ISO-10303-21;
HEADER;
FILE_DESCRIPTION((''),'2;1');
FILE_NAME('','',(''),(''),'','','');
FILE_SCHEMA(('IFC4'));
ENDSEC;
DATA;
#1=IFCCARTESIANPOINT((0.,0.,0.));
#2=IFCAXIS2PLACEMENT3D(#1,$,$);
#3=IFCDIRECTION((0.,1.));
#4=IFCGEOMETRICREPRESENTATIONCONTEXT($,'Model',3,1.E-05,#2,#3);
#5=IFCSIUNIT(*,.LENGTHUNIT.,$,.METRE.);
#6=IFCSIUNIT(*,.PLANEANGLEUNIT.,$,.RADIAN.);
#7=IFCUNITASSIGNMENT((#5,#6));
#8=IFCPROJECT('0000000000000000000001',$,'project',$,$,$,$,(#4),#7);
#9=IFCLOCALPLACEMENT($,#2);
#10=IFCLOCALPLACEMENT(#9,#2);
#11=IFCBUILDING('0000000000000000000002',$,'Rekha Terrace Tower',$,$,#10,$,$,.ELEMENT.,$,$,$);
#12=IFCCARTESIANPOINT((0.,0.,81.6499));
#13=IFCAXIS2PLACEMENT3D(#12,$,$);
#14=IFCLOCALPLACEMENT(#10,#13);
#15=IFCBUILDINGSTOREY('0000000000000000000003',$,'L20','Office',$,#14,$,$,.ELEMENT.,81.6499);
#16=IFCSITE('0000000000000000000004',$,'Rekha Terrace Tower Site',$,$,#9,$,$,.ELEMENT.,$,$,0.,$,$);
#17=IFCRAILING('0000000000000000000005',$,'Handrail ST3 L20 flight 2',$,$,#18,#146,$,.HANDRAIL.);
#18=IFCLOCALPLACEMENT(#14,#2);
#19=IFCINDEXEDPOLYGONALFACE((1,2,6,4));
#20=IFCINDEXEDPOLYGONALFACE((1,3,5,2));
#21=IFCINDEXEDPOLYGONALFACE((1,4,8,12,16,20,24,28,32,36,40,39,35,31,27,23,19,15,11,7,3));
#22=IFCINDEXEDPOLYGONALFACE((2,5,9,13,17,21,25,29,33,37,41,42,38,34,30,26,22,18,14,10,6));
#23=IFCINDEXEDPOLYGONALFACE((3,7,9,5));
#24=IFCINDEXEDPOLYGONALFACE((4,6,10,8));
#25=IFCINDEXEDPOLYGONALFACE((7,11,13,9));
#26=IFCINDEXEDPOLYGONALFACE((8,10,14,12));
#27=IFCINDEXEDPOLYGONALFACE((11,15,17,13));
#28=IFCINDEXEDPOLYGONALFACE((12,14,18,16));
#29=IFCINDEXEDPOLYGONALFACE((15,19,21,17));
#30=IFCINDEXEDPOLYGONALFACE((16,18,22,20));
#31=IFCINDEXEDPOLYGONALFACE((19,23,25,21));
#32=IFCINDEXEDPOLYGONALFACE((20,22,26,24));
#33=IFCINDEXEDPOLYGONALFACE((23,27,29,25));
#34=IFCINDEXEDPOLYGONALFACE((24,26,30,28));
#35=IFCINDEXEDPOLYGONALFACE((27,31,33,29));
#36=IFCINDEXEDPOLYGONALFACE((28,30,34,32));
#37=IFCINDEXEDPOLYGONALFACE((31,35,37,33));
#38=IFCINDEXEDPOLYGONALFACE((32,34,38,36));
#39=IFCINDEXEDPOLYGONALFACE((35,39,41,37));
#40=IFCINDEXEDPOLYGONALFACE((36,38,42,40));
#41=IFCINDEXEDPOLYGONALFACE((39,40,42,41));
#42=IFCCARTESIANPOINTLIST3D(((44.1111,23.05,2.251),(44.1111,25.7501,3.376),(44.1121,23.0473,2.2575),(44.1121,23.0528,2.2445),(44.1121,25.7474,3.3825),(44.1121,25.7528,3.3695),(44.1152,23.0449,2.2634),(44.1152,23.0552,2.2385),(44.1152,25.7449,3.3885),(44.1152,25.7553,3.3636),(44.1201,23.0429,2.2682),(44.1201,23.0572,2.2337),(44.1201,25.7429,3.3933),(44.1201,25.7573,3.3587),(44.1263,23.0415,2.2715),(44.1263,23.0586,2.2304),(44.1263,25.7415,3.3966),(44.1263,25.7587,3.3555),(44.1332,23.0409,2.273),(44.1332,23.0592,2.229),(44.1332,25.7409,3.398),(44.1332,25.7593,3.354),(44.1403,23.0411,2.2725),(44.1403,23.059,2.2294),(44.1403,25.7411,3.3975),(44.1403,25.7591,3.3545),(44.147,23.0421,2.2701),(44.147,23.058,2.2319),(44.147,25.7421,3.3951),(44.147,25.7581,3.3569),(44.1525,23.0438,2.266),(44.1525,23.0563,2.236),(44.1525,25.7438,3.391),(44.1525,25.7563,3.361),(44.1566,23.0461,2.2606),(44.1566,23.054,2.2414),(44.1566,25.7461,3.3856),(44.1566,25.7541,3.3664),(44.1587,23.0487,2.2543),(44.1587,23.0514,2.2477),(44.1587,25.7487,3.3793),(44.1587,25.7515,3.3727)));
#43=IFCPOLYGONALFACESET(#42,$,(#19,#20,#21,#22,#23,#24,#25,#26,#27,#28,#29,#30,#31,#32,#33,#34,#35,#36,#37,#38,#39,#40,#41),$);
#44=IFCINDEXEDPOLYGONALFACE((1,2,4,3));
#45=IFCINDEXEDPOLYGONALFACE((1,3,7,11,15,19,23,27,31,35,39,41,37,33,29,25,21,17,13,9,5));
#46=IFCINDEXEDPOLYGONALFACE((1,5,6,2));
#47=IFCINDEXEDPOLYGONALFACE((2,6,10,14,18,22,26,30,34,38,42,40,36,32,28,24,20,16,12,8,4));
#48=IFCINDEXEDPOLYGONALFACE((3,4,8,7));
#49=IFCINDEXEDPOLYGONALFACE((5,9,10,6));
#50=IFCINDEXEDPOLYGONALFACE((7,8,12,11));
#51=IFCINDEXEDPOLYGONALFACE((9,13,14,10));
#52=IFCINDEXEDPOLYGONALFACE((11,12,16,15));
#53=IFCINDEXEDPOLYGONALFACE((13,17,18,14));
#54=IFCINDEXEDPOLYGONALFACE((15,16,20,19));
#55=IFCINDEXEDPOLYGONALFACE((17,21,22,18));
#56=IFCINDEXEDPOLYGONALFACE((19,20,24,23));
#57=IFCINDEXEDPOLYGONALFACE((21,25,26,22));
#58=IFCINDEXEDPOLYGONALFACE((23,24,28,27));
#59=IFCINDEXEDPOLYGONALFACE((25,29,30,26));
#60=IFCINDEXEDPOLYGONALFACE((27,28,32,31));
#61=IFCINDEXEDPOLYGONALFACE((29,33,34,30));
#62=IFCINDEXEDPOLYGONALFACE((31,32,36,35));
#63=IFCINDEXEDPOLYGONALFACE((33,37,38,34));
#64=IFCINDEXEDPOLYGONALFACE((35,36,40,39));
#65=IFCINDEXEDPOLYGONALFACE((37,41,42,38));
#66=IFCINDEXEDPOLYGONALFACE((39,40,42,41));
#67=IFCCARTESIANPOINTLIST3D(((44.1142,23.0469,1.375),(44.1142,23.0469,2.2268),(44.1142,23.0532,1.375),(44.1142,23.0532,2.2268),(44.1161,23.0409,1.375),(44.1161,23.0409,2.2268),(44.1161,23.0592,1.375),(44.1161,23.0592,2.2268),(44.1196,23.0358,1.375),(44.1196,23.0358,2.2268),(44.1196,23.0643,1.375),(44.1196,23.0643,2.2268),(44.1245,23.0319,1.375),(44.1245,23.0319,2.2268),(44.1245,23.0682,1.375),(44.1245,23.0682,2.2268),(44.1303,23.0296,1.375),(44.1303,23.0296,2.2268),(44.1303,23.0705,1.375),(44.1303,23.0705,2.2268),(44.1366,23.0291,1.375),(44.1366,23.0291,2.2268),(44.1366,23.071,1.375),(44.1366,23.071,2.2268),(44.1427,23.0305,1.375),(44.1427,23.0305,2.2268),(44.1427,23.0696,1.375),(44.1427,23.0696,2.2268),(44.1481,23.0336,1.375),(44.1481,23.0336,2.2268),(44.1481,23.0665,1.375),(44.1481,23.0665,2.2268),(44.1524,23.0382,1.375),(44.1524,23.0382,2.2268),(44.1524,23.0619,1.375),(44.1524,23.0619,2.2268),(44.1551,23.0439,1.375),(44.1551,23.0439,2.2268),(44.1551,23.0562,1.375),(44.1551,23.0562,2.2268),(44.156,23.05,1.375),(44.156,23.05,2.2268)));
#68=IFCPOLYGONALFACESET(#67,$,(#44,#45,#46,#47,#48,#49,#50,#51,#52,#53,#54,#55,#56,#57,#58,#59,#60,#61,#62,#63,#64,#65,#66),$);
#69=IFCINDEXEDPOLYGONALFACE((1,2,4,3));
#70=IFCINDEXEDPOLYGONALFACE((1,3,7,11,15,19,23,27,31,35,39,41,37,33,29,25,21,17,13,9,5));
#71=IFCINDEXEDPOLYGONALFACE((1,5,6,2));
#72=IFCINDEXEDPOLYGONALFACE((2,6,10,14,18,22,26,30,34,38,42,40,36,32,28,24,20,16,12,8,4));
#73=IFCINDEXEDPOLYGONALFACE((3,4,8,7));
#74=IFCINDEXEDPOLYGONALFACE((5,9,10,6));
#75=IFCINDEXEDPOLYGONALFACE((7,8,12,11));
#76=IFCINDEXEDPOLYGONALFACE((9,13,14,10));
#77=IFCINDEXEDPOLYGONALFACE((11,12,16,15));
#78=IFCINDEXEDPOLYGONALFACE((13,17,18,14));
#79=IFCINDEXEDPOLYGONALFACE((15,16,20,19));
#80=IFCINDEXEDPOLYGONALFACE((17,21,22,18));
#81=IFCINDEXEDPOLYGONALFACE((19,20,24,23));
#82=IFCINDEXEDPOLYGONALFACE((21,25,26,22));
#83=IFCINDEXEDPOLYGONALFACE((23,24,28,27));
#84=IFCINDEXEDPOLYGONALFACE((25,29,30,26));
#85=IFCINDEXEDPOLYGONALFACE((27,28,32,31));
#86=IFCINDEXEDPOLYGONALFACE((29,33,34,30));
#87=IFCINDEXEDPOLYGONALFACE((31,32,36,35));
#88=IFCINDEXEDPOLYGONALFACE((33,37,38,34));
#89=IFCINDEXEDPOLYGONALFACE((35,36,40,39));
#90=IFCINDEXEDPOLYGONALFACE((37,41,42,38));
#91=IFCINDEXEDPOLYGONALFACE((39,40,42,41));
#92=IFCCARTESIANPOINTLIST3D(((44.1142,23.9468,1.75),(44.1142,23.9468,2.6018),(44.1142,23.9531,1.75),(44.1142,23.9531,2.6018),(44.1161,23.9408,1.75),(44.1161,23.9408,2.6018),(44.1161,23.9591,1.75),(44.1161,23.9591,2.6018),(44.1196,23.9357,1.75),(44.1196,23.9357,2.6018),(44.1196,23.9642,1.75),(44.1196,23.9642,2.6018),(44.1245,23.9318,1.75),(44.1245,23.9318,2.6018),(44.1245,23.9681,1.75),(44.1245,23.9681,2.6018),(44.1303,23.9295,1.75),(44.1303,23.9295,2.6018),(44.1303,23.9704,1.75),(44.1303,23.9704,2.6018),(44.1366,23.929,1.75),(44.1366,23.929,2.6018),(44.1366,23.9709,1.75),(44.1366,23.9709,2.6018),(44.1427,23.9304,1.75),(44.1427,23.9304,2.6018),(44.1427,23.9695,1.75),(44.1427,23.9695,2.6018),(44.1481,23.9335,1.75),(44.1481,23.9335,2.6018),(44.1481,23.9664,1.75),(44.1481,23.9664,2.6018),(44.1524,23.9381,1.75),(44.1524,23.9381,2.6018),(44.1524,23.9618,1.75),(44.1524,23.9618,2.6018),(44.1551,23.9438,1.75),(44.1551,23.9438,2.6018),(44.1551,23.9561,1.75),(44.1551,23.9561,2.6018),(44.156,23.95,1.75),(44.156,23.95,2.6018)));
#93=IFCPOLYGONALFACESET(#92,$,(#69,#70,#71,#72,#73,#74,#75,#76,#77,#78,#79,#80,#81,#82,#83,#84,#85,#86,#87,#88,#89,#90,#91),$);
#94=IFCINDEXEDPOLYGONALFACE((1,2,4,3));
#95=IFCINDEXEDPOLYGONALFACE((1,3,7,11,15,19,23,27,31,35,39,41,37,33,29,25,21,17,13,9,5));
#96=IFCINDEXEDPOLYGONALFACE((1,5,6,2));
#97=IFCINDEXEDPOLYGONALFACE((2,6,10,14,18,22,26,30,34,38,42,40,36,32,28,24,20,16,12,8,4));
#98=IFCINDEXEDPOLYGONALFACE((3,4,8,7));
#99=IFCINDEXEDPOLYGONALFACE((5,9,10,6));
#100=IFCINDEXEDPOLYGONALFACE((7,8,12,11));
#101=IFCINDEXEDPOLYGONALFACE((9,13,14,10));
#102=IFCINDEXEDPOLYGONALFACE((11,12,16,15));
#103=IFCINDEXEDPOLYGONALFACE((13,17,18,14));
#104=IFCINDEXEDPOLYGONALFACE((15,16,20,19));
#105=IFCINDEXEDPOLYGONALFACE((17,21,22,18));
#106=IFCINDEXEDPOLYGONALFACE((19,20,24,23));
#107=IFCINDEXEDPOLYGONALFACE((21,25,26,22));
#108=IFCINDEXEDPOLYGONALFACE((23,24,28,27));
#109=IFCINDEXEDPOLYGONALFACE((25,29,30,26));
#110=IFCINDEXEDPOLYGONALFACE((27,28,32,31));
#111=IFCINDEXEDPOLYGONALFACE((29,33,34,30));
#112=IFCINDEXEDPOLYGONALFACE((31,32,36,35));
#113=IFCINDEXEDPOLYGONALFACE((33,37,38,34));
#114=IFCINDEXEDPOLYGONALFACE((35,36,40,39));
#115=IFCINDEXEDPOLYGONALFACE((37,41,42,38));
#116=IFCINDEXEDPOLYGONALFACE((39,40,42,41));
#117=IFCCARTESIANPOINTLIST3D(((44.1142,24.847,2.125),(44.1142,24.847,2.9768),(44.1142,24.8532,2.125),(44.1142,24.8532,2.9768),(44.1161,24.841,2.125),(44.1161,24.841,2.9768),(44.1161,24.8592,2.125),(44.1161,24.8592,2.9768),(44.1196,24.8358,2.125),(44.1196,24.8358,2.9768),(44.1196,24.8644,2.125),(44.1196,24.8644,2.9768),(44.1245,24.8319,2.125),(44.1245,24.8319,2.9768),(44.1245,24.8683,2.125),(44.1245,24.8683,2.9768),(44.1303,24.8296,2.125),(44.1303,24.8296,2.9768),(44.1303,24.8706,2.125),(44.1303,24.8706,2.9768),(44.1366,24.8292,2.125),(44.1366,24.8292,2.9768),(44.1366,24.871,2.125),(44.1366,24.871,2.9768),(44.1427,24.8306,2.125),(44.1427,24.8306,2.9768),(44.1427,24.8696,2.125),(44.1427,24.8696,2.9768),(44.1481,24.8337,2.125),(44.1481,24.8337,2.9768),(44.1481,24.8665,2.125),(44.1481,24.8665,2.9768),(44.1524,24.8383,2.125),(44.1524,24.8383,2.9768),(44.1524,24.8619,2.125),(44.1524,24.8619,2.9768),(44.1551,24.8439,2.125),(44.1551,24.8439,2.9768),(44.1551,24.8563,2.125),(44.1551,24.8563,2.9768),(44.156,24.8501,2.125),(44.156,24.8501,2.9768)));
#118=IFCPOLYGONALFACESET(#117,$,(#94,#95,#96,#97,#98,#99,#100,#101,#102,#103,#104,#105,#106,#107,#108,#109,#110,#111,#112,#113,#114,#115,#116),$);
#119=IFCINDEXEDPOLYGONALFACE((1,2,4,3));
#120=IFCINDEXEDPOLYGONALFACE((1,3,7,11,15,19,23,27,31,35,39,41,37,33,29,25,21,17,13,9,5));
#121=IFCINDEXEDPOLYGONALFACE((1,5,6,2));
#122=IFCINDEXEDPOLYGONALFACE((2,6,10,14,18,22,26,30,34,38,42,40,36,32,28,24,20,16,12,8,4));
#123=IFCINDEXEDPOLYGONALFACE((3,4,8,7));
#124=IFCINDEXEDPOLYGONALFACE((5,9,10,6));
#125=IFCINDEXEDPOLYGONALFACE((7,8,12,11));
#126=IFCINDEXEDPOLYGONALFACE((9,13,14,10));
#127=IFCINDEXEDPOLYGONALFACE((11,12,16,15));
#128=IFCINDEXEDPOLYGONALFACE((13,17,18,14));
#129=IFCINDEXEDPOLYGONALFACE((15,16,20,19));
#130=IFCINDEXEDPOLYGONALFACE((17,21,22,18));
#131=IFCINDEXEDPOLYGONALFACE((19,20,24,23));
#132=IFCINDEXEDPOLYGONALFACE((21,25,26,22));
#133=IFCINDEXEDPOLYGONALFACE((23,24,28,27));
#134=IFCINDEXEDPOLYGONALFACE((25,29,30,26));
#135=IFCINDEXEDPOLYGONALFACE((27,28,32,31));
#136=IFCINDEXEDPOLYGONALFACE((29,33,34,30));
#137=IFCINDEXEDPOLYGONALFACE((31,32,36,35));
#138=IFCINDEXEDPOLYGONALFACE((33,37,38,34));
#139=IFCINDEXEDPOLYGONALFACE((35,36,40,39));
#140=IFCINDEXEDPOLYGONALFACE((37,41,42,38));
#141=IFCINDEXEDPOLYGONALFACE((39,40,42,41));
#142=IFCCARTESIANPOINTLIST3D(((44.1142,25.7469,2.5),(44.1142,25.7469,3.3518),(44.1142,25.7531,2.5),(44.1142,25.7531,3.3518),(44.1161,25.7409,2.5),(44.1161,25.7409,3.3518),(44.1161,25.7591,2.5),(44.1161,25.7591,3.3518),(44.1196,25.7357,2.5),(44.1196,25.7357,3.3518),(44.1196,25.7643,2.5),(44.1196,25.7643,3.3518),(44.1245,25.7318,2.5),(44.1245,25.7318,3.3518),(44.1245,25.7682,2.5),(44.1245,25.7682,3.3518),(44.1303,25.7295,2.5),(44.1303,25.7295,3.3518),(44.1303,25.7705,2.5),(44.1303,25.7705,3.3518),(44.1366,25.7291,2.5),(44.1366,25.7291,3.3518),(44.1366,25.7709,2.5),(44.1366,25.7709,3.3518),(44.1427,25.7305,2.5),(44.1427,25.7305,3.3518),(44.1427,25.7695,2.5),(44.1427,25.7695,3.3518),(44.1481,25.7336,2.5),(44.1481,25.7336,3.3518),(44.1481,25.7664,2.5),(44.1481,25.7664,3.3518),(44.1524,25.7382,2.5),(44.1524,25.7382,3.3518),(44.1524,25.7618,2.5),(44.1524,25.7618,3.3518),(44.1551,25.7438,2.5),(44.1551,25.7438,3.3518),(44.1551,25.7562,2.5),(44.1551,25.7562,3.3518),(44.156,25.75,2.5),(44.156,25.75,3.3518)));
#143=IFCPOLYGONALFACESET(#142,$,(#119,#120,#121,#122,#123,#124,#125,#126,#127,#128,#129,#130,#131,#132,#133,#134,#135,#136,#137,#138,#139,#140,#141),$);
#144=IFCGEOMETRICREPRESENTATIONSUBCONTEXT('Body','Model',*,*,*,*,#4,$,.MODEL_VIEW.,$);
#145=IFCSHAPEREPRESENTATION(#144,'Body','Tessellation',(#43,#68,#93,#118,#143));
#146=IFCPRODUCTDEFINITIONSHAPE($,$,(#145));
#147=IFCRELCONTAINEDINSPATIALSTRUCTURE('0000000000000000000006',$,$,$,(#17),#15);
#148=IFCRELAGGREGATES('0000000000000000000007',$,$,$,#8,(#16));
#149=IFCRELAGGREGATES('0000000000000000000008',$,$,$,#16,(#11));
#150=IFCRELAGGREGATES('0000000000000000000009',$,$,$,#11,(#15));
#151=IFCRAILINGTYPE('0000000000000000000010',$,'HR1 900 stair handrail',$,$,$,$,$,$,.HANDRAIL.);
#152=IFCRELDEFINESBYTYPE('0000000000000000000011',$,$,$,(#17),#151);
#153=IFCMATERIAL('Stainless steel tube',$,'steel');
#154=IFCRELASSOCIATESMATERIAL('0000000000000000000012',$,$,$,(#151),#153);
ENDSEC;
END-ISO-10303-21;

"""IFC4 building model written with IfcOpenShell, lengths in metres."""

from ifc_helpers import new_model, si_unit, direction, frame, origin, origin_2d, place, context, subcontext, project, spatial, circle, extrude, material, type_object, element, save


model = new_model("IFC4")

# Units and contexts
model_context = context("Model", 3, precision=1e-05, world=origin(), true_north=direction((0.0, 1.0)))
body_context = subcontext(model_context, "Body", "Model", "MODEL_VIEW")
ifc_project = project(units=[si_unit("LENGTHUNIT", "METRE"), si_unit("PLANEANGLEUNIT", "RADIAN")], contexts=[model_context])

# Site, building, storey
site_placement = place(None, origin())
site = spatial("IfcSite", under=ifc_project, at=site_placement, Name="Rekha Terrace Tower Site", CompositionType="ELEMENT", RefElevation=0.0)
building_placement = place(site_placement, origin())
building = spatial("IfcBuilding", under=site, at=building_placement, Name="Rekha Terrace Tower", CompositionType="ELEMENT")
storey_placement = place(building_placement, frame((0.0, 0.0, 81.6499)))
storey = spatial("IfcBuildingStorey", under=building, at=storey_placement, Name="L20", Description="Office", CompositionType="ELEMENT", Elevation=81.6499)

# Railing
ifc_material_1 = material(Name="Stainless steel tube", Category="steel")
railing_type = type_object("IfcRailingType", Name="HR1 900 stair handrail", PredefinedType="HANDRAIL", material=ifc_material_1)
railing_placement = place(storey_placement, frame((44.135, 23.05, 1.375)))
element("IfcRailing", 1, at=railing_placement, inside=storey, type_object=railing_type, Name="Handrail ST3 L20 flight 2", PredefinedType="HANDRAIL", context=body_context, shape_type="SweptSolid", body=[
    extrude(circle(Radius=0.0239, at=origin_2d()), frame((0.0, 0.0, 0.876), z_axis=(0.0, 0.923074, 0.384621), x_axis=(-1.0, 0.0, 0.0)), (0.0, 0.0, 1.0), 2.925),
    extrude(circle(Radius=0.021, at=origin_2d()), origin(), (0.0, 0.0, 1.0), 0.8518),
    extrude(circle(Radius=0.021, at=origin_2d()), frame((0.0, 0.8999, 0.375)), (0.0, 0.0, 1.0), 0.8518),
    extrude(circle(Radius=0.021, at=origin_2d()), frame((0.0, 1.8, 0.75)), (0.0, 0.0, 1.0), 0.8518),
    extrude(circle(Radius=0.021, at=origin_2d()), frame((0.0, 2.7, 1.125)), (0.0, 0.0, 1.0), 0.8518),
])

save(model, "model.ifc")
